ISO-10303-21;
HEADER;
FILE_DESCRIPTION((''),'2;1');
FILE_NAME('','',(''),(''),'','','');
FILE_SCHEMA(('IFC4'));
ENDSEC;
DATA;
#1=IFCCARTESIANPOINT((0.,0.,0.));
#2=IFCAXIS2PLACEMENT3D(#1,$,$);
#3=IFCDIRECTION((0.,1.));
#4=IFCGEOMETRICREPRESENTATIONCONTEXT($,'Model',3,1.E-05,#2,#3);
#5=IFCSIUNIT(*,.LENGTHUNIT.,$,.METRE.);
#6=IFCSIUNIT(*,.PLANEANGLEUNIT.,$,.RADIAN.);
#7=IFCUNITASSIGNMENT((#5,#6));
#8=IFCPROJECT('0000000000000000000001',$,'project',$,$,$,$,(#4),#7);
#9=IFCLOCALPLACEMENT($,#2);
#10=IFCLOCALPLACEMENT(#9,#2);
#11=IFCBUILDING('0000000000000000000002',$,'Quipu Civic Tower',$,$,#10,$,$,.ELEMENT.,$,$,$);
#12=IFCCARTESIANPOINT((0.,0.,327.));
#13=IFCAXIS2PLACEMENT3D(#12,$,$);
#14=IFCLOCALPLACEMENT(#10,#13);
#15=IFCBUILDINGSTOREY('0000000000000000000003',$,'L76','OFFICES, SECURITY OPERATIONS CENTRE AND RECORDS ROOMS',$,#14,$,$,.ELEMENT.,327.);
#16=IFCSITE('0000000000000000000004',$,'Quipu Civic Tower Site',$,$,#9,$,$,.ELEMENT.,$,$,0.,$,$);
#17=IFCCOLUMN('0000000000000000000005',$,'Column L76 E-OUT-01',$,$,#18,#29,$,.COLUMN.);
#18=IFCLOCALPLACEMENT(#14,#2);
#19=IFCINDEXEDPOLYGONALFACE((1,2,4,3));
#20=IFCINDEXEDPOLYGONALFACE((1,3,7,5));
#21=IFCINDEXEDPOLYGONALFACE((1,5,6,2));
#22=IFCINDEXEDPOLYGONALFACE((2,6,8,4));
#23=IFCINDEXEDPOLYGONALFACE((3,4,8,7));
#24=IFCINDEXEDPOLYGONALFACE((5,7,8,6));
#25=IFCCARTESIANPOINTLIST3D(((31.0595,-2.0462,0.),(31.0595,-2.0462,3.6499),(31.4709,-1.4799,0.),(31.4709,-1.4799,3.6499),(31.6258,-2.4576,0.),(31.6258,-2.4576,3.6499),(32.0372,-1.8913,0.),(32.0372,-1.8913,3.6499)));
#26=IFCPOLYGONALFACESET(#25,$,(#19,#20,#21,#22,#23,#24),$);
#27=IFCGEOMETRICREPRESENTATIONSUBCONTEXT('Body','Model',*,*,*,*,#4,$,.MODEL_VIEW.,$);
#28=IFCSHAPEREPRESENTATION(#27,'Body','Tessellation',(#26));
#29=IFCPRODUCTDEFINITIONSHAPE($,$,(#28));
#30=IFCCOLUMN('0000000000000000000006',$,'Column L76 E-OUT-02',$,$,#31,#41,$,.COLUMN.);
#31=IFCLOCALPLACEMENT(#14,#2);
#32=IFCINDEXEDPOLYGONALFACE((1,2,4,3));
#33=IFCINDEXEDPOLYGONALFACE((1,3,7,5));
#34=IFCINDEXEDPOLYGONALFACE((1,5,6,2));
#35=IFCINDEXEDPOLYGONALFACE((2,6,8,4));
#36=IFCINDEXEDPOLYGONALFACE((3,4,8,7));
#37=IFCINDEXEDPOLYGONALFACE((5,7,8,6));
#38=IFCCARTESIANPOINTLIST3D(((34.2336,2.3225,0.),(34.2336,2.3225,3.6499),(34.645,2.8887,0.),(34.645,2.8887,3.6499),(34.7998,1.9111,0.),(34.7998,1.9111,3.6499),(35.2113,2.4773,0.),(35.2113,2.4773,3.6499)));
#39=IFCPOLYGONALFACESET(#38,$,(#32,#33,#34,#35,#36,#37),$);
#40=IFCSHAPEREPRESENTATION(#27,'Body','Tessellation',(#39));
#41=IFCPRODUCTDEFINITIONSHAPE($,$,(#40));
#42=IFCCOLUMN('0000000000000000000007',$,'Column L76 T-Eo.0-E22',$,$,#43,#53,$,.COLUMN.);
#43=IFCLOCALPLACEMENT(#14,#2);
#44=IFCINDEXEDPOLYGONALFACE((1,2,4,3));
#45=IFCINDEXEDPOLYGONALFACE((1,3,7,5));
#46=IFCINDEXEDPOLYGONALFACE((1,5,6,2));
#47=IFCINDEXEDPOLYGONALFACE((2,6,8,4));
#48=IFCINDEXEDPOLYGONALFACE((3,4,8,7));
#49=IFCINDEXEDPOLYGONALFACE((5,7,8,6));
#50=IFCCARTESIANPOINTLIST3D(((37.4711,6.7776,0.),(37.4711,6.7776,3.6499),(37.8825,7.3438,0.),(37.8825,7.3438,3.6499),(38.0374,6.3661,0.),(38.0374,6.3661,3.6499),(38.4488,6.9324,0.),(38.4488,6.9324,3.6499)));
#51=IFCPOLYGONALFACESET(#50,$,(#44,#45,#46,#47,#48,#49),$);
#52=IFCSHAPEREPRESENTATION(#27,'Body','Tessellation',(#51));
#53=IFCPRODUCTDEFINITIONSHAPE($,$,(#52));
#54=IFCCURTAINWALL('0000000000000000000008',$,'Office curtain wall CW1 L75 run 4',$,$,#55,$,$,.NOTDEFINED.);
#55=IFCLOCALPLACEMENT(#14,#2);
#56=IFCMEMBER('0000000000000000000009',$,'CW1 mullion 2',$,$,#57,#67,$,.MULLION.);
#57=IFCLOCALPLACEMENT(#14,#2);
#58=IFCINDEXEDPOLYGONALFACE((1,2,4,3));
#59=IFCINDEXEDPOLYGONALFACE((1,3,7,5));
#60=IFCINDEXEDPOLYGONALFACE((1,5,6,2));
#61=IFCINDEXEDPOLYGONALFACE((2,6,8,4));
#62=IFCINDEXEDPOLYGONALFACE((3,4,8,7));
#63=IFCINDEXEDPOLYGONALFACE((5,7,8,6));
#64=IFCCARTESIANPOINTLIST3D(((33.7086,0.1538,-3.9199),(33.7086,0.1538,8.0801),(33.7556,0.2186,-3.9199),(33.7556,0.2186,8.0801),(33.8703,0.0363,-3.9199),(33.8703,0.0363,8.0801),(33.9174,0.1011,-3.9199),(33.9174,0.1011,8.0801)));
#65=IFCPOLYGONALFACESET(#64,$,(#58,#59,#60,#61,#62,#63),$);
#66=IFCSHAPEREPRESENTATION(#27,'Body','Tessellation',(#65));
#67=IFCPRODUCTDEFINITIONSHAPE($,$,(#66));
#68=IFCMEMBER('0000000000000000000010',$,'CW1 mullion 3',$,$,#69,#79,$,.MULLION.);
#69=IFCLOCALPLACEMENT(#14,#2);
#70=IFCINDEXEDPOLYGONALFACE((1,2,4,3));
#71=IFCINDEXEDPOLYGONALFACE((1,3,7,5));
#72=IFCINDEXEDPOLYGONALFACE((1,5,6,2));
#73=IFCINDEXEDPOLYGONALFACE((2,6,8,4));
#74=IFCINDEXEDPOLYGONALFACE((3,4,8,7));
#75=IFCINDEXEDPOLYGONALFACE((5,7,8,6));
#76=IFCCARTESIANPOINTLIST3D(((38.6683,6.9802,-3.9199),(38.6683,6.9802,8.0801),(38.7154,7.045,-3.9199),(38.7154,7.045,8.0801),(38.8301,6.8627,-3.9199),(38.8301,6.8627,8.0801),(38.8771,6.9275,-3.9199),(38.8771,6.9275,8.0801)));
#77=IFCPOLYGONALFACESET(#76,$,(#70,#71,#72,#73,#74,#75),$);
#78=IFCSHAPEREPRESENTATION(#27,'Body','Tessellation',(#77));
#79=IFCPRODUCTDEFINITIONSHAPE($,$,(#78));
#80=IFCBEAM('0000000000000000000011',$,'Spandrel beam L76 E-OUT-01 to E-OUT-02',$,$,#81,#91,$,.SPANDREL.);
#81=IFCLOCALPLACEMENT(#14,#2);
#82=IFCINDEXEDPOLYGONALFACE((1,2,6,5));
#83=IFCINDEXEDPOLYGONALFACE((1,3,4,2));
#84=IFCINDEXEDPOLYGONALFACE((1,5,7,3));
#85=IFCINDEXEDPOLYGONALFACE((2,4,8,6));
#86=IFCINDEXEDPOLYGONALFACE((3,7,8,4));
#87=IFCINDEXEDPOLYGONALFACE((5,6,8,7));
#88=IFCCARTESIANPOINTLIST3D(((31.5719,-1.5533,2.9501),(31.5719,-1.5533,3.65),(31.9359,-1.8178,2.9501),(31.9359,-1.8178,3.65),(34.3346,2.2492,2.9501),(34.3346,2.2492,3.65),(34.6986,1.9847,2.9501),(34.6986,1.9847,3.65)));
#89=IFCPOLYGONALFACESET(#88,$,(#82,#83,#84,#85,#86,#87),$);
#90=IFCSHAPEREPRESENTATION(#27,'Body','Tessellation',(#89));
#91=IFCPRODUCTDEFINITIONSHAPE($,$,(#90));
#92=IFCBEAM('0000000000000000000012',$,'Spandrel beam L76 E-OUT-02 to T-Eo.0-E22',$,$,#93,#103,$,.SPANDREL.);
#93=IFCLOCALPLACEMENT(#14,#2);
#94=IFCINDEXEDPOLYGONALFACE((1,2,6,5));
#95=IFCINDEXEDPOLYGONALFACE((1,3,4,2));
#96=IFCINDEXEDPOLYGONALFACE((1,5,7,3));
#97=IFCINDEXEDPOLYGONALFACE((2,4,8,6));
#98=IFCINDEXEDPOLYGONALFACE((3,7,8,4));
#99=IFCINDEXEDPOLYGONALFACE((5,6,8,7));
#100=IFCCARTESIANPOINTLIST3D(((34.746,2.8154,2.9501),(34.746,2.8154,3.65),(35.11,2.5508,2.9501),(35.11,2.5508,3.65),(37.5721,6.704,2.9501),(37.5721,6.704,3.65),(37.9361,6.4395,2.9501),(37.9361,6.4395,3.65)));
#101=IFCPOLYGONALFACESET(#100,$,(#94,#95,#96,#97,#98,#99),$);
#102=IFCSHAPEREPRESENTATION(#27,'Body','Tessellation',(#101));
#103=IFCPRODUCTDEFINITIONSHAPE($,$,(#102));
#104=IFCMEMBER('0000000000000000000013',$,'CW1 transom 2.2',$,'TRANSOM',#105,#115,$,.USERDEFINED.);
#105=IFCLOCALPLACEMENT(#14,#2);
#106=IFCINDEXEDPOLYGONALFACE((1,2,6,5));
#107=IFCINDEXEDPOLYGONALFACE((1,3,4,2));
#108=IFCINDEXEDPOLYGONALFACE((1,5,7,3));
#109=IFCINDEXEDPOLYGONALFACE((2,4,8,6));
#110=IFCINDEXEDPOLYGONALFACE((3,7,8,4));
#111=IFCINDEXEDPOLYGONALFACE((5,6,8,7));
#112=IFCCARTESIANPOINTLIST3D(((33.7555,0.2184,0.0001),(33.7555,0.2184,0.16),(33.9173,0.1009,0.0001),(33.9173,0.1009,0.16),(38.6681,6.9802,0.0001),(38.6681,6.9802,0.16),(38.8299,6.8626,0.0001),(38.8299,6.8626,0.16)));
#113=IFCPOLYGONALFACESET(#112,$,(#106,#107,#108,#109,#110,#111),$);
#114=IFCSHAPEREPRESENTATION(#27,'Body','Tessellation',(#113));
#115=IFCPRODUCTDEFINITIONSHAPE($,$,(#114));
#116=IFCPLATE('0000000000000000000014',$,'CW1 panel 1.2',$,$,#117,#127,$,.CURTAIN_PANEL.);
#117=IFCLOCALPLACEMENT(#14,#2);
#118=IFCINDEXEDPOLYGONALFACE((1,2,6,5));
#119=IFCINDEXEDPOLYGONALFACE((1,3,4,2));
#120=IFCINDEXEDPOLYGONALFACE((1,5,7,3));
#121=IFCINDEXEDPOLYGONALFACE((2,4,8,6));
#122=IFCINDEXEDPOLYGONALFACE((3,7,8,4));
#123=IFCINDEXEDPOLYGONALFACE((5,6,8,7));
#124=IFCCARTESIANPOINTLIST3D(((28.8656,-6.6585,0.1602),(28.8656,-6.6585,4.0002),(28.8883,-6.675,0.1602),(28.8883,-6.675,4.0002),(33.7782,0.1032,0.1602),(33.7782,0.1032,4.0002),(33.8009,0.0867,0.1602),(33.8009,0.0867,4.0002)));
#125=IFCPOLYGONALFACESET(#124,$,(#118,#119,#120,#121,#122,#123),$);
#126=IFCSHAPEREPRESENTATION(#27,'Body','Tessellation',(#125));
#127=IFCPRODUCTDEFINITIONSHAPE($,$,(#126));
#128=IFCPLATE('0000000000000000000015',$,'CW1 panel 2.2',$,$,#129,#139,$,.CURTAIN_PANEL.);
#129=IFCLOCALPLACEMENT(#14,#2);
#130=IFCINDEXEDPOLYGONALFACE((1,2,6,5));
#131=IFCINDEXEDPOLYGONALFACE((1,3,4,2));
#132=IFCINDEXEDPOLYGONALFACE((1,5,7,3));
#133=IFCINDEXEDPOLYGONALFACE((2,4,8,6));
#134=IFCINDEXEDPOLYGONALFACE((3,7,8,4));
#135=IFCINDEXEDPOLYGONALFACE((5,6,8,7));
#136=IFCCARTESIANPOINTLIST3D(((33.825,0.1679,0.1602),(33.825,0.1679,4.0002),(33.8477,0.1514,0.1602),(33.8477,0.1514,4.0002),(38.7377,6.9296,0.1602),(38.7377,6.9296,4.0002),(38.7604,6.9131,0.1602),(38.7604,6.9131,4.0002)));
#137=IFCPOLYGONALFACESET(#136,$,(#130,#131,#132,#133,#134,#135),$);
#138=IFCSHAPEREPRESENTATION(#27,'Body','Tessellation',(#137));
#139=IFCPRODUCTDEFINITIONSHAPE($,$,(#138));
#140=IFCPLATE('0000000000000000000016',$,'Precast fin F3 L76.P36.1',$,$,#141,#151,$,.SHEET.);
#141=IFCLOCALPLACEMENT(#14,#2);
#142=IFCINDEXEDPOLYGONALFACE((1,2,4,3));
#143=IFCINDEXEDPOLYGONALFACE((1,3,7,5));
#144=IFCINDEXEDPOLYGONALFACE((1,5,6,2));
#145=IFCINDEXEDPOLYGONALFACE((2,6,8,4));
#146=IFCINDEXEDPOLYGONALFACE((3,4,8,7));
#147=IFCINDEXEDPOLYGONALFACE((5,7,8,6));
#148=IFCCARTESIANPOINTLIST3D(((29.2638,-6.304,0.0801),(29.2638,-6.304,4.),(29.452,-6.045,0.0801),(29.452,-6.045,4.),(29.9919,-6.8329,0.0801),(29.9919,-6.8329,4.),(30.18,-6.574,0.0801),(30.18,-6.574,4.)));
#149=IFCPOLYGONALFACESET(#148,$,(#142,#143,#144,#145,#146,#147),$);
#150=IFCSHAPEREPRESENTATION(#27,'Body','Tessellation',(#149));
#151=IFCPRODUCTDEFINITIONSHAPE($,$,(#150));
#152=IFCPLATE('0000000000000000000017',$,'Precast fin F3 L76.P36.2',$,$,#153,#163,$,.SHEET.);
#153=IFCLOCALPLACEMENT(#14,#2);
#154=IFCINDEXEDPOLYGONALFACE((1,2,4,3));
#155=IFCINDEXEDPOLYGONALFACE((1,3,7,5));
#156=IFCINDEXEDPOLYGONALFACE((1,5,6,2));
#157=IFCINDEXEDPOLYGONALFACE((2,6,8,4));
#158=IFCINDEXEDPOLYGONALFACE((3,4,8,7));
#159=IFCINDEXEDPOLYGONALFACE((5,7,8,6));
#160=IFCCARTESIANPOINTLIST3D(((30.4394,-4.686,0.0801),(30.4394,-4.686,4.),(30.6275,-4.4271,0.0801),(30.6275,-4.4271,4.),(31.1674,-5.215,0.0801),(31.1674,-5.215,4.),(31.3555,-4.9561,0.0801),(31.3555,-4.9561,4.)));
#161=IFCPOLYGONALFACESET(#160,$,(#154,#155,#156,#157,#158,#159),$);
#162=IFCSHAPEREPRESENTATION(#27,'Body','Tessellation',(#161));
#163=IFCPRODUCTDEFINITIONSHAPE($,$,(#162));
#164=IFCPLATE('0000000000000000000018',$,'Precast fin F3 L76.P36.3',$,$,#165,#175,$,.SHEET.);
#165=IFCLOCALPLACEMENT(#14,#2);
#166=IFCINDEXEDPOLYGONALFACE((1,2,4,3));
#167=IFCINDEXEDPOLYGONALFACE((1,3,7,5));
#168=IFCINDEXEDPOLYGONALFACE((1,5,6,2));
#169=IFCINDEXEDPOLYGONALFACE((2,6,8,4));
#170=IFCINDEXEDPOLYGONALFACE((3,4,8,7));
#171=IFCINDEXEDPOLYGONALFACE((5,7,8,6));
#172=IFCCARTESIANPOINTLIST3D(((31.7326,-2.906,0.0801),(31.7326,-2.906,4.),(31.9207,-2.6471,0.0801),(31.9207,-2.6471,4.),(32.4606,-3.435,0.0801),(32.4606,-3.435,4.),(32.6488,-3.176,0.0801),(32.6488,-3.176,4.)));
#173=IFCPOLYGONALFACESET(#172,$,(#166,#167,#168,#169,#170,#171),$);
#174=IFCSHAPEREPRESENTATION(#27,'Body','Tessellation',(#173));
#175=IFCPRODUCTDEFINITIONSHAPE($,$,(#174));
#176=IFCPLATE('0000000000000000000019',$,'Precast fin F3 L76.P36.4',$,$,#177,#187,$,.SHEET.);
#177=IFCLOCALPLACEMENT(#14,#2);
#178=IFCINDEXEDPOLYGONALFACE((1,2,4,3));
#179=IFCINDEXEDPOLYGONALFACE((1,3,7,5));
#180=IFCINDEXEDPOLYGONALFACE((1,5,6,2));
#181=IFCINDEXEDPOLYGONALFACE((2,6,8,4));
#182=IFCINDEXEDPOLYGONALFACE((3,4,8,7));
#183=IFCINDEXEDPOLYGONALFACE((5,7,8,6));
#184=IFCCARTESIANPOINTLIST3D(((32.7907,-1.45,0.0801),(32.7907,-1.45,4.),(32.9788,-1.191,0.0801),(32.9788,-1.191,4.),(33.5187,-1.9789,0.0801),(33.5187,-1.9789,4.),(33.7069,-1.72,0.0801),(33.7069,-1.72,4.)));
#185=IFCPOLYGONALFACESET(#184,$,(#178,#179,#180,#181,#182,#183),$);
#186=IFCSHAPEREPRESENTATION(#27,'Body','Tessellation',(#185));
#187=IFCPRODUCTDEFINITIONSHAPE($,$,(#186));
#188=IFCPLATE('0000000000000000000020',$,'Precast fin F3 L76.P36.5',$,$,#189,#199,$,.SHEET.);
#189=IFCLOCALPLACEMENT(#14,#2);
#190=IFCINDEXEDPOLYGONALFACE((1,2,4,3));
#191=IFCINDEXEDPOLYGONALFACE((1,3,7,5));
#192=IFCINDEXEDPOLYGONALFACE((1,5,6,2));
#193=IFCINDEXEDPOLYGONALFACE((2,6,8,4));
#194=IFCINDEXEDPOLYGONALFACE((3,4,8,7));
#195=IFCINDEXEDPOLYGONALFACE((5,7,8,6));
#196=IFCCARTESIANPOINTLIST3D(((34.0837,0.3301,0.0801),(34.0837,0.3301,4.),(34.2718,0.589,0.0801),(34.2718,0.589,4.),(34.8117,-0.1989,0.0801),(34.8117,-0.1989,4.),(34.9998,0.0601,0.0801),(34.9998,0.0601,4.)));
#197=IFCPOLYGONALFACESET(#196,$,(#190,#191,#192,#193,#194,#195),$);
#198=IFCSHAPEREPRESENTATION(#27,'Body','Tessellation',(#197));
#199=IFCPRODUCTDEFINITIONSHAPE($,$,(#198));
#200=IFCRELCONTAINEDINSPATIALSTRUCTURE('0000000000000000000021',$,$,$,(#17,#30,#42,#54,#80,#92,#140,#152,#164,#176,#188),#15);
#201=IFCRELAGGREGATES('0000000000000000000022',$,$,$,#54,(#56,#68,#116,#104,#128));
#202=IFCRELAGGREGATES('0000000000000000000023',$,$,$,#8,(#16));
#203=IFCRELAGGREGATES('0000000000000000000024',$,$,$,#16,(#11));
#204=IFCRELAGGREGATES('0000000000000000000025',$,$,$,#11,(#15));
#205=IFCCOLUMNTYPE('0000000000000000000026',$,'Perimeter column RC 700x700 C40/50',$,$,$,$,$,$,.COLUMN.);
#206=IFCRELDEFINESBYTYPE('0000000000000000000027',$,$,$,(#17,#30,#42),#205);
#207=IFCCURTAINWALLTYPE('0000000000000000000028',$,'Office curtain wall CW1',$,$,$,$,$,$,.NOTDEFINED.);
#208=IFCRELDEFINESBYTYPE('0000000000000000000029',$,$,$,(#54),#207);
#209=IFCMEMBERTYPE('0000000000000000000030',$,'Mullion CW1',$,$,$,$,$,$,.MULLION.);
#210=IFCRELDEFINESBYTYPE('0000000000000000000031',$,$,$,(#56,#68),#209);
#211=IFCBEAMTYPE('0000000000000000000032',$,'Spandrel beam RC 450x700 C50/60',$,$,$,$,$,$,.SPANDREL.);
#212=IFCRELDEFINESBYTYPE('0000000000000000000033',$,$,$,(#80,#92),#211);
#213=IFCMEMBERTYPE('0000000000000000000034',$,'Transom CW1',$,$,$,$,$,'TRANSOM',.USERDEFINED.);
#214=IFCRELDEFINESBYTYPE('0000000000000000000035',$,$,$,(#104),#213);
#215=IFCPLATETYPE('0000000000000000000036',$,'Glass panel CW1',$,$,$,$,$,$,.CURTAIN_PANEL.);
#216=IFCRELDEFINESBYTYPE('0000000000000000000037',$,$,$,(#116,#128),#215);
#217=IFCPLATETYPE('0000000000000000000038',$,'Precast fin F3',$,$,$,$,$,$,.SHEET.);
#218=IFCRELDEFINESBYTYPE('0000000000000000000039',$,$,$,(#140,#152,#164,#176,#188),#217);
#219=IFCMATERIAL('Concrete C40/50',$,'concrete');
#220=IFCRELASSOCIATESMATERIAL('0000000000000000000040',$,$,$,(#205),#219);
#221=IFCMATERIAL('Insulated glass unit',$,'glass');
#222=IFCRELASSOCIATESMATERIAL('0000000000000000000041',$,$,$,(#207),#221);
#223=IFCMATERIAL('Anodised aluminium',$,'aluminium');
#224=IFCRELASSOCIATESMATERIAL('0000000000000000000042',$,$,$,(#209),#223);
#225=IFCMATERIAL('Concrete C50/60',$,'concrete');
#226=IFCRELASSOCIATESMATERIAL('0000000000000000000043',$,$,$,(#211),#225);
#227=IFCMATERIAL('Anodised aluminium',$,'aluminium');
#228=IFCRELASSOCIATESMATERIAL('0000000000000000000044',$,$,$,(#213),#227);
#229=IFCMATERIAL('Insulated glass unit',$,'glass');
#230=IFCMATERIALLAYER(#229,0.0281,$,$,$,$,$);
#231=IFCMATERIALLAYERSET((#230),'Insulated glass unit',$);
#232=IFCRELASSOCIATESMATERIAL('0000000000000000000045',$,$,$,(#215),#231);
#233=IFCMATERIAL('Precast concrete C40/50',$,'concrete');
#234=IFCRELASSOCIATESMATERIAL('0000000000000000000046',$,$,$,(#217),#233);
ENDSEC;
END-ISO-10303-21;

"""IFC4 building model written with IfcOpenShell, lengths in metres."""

from ifc_helpers import new_model, si_unit, direction, frame, origin, origin_2d, place, context, subcontext, project, spatial, rectangle, extrude, material, layer, layer_set, material_profile, profile_set, type_object, element, aggregate, save


model = new_model("IFC4")

# Units and contexts
model_context = context("Model", 3, precision=1e-05, world=origin(), true_north=direction((0.0, 1.0)))
body_context = subcontext(model_context, "Body", "Model", "MODEL_VIEW")
ifc_project = project(units=[si_unit("LENGTHUNIT", "METRE"), si_unit("PLANEANGLEUNIT", "RADIAN")], contexts=[model_context])

# Site, building, storey
site_placement = place(None, origin())
site = spatial("IfcSite", under=ifc_project, at=site_placement, Name="Quipu Civic Tower Site", CompositionType="ELEMENT", RefElevation=0.0)
building_placement = place(site_placement, origin())
building = spatial("IfcBuilding", under=site, at=building_placement, Name="Quipu Civic Tower", CompositionType="ELEMENT")
storey_placement = place(building_placement, frame((0.0, 0.0, 327.0)))
storey = spatial("IfcBuildingStorey", under=building, at=storey_placement, Name="L76", Description="OFFICES, SECURITY OPERATIONS CENTRE AND RECORDS ROOMS", CompositionType="ELEMENT", Elevation=327.0)

# Columns
ifc_material_1 = material(Name="Concrete C40/50", Category="concrete")
ifc_material_profile_1 = material_profile(ifc_material_1, rectangle(XDim=0.7, YDim=0.7, at=origin_2d()), Name="RC700x700")
ifc_profile_set_1 = profile_set([ifc_material_profile_1], Name="Concrete C40/50")
column_type = type_object("IfcColumnType", Name="Perimeter column RC 700x700 C40/50", PredefinedType="COLUMN", material=ifc_profile_set_1)
for number, where, z_axis, x_axis, name in (
    (1, (31.5483, -1.9688, 0.0), (0.0, 0.0, 1.0), (0.587785, 0.809017, 0.0), "Column L76 E-OUT-01"),
    (2, (34.7224, 2.3999, 0.0), (0.0, 0.0, 1.0), (0.587785, 0.809017, 0.0), "Column L76 E-OUT-02"),
    (3, (37.96, 6.855, 0.0), (0.0, 0.0, 1.0), (0.587785, 0.809017, 0.0), "Column L76 T-Eo.0-E22"),
):
    element("IfcColumn", number, at=place(storey_placement, frame(where, z_axis=z_axis, x_axis=x_axis)), inside=storey, type_object=column_type, Name=name, PredefinedType="COLUMN", context=body_context, shape_type="SweptSolid", body=[
        extrude(rectangle(XDim=0.7, YDim=0.7, at=origin_2d()), origin(), (0.0, 0.0, 1.0), 3.6499),
    ])

# Curtain wall, members
ifc_material_2 = material(Name="Insulated glass unit", Category="glass")
curtain_wall_type = type_object("IfcCurtainWallType", Name="Office curtain wall CW1", PredefinedType="NOTDEFINED", material=ifc_material_2)
curtain_wall_placement = place(storey_placement, origin())
curtain_wall = element("IfcCurtainWall", 4, at=curtain_wall_placement, inside=storey, type_object=curtain_wall_type, Name="Office curtain wall CW1 L75 run 4", PredefinedType="NOTDEFINED")
ifc_material_3 = material(Name="Anodised aluminium", Category="aluminium")
ifc_material_profile_2 = material_profile(ifc_material_3, rectangle(XDim=0.2, YDim=0.0801, at=origin_2d()), Name="RECT 200x80")
ifc_profile_set_2 = profile_set([ifc_material_profile_2], Name="Anodised aluminium")
member_type_1 = type_object("IfcMemberType", Name="Mullion CW1", PredefinedType="MULLION", material=ifc_profile_set_2)
member_1_placement = place(storey_placement, frame((33.813, 0.1274, -3.9199), z_axis=(0.0, 0.0, 1.0), x_axis=(-0.809016, 0.587786, 0.0)))
member_1 = element("IfcMember", 5, at=member_1_placement, type_object=member_type_1, Name="CW1 mullion 2", PredefinedType="MULLION", context=body_context, shape_type="SweptSolid", body=[
    extrude(rectangle(XDim=0.2, YDim=0.0801, at=origin_2d()), origin(), (0.0, 0.0, 1.0), 12.0),
])
member_2_placement = place(storey_placement, frame((38.7727, 6.9539, -3.9199), z_axis=(0.0, 0.0, 1.0), x_axis=(-0.809016, 0.587786, 0.0)))
member_2 = element("IfcMember", 6, at=member_2_placement, type_object=member_type_1, Name="CW1 mullion 3", PredefinedType="MULLION", context=body_context, shape_type="SweptSolid", body=[
    extrude(rectangle(XDim=0.2, YDim=0.0801, at=origin_2d()), origin(), (0.0, 0.0, 1.0), 12.0),
])

# Beams
ifc_material_4 = material(Name="Concrete C50/60", Category="concrete")
ifc_material_profile_3 = material_profile(ifc_material_4, rectangle(XDim=0.45, YDim=0.7, at=origin_2d()), Name="RC450x700")
ifc_profile_set_3 = profile_set([ifc_material_profile_3], Name="Concrete C50/60")
beam_type = type_object("IfcBeamType", Name="Spandrel beam RC 450x700 C50/60", PredefinedType="SPANDREL", material=ifc_profile_set_3)
beam_1_placement = place(storey_placement, frame((31.7539, -1.6855, 3.3), z_axis=(0.587789, 0.809015, 0.0), x_axis=(-0.809015, 0.587789, 0.0)))
element("IfcBeam", 7, at=beam_1_placement, inside=storey, type_object=beam_type, Name="Spandrel beam L76 E-OUT-01 to E-OUT-02", PredefinedType="SPANDREL", context=body_context, shape_type="SweptSolid", body=[
    extrude(rectangle(XDim=0.45, YDim=0.7, at=origin_2d()), origin(), (0.0, 0.0, 1.0), 4.7002),
])
beam_2_placement = place(storey_placement, frame((34.928, 2.6831, 3.3), z_axis=(0.587906, 0.808929, 0.0), x_axis=(-0.808929, 0.587906, 0.0)))
element("IfcBeam", 8, at=beam_2_placement, inside=storey, type_object=beam_type, Name="Spandrel beam L76 E-OUT-02 to T-Eo.0-E22", PredefinedType="SPANDREL", context=body_context, shape_type="SweptSolid", body=[
    extrude(rectangle(XDim=0.45, YDim=0.7, at=origin_2d()), origin(), (0.0, 0.0, 1.0), 4.8071),
])

# Member
ifc_material_5 = material(Name="Anodised aluminium", Category="aluminium")
ifc_material_profile_4 = material_profile(ifc_material_5, rectangle(XDim=0.2, YDim=0.1599, at=origin_2d()), Name="RECT 200x160")
ifc_profile_set_4 = profile_set([ifc_material_profile_4], Name="Anodised aluminium")
member_type_2 = type_object("IfcMemberType", Name="Transom CW1", ElementType="TRANSOM", PredefinedType="USERDEFINED", material=ifc_profile_set_4)
member_3_placement = place(storey_placement, frame((33.8364, 0.1597, 0.0801), z_axis=(0.587779, 0.809021, 0.0), x_axis=(-0.809021, 0.587779, 0.0)))
member_3 = element("IfcMember", 9, at=member_3_placement, type_object=member_type_2, Name="CW1 transom 2.2", ObjectType="TRANSOM", PredefinedType="USERDEFINED", context=body_context, shape_type="SweptSolid", body=[
    extrude(rectangle(XDim=0.2, YDim=0.1599, at=origin_2d()), origin(), (0.0, 0.0, 1.0), 8.3579),
])

# Plates
ifc_material_6 = material(Name="Insulated glass unit", Category="glass")
ifc_layer_1 = layer(ifc_material_6, 0.0281)
ifc_layer_set_1 = layer_set([ifc_layer_1], Name="Insulated glass unit")
plate_type_1 = type_object("IfcPlateType", Name="Glass panel CW1", PredefinedType="CURTAIN_PANEL", material=ifc_layer_set_1)
plate_1_placement = place(storey_placement, frame((31.3333, -3.2859, 0.1602), z_axis=(0.0, 0.0, 1.0), x_axis=(0.587786, 0.809016, 0.0)))
plate_1 = element("IfcPlate", 10, at=plate_1_placement, type_object=plate_type_1, Name="CW1 panel 1.2", PredefinedType="CURTAIN_PANEL", context=body_context, shape_type="SweptSolid", body=[
    extrude(rectangle(XDim=8.3579, YDim=0.0281, at=origin_2d()), origin(), (0.0, 0.0, 1.0), 3.8401),
])
plate_2_placement = place(storey_placement, frame((36.2927, 3.5405, 0.1602), z_axis=(0.0, 0.0, 1.0), x_axis=(0.587786, 0.809016, 0.0)))
plate_2 = element("IfcPlate", 11, at=plate_2_placement, type_object=plate_type_1, Name="CW1 panel 2.2", PredefinedType="CURTAIN_PANEL", context=body_context, shape_type="SweptSolid", body=[
    extrude(rectangle(XDim=8.3579, YDim=0.0281, at=origin_2d()), origin(), (0.0, 0.0, 1.0), 3.8401),
])
aggregate(curtain_wall, [member_1, member_2, plate_1, member_3, plate_2])

# Plates
ifc_material_7 = material(Name="Precast concrete C40/50", Category="concrete")
plate_type_2 = type_object("IfcPlateType", Name="Precast fin F3", PredefinedType="SHEET", material=ifc_material_7)
for number, where, z_axis, x_axis, name in (
    (12, (29.7219, -6.439, 0.0801), (0.0, 0.0, 1.0), (0.587787, 0.809016, 0.0), "Precast fin F3 L76.P36.1"),
    (13, (30.8975, -4.821, 0.0801), (0.0, 0.0, 1.0), (0.587787, 0.809016, 0.0), "Precast fin F3 L76.P36.2"),
    (14, (32.1907, -3.041, 0.0801), (0.0, 0.0, 1.0), (0.587787, 0.809016, 0.0), "Precast fin F3 L76.P36.3"),
    (15, (33.2488, -1.585, 0.0801), (0.0, 0.0, 1.0), (0.587787, 0.809016, 0.0), "Precast fin F3 L76.P36.4"),
    (16, (34.5417, 0.1951, 0.0801), (0.0, 0.0, 1.0), (0.587787, 0.809016, 0.0), "Precast fin F3 L76.P36.5"),
):
    element("IfcPlate", number, at=place(storey_placement, frame(where, z_axis=z_axis, x_axis=x_axis)), inside=storey, type_object=plate_type_2, Name=name, PredefinedType="SHEET", context=body_context, shape_type="SweptSolid", body=[
        extrude(rectangle(XDim=0.3201, YDim=0.8999, at=origin_2d()), origin(), (0.0, 0.0, 1.0), 3.9199),
    ])

save(model, "model.ifc")
